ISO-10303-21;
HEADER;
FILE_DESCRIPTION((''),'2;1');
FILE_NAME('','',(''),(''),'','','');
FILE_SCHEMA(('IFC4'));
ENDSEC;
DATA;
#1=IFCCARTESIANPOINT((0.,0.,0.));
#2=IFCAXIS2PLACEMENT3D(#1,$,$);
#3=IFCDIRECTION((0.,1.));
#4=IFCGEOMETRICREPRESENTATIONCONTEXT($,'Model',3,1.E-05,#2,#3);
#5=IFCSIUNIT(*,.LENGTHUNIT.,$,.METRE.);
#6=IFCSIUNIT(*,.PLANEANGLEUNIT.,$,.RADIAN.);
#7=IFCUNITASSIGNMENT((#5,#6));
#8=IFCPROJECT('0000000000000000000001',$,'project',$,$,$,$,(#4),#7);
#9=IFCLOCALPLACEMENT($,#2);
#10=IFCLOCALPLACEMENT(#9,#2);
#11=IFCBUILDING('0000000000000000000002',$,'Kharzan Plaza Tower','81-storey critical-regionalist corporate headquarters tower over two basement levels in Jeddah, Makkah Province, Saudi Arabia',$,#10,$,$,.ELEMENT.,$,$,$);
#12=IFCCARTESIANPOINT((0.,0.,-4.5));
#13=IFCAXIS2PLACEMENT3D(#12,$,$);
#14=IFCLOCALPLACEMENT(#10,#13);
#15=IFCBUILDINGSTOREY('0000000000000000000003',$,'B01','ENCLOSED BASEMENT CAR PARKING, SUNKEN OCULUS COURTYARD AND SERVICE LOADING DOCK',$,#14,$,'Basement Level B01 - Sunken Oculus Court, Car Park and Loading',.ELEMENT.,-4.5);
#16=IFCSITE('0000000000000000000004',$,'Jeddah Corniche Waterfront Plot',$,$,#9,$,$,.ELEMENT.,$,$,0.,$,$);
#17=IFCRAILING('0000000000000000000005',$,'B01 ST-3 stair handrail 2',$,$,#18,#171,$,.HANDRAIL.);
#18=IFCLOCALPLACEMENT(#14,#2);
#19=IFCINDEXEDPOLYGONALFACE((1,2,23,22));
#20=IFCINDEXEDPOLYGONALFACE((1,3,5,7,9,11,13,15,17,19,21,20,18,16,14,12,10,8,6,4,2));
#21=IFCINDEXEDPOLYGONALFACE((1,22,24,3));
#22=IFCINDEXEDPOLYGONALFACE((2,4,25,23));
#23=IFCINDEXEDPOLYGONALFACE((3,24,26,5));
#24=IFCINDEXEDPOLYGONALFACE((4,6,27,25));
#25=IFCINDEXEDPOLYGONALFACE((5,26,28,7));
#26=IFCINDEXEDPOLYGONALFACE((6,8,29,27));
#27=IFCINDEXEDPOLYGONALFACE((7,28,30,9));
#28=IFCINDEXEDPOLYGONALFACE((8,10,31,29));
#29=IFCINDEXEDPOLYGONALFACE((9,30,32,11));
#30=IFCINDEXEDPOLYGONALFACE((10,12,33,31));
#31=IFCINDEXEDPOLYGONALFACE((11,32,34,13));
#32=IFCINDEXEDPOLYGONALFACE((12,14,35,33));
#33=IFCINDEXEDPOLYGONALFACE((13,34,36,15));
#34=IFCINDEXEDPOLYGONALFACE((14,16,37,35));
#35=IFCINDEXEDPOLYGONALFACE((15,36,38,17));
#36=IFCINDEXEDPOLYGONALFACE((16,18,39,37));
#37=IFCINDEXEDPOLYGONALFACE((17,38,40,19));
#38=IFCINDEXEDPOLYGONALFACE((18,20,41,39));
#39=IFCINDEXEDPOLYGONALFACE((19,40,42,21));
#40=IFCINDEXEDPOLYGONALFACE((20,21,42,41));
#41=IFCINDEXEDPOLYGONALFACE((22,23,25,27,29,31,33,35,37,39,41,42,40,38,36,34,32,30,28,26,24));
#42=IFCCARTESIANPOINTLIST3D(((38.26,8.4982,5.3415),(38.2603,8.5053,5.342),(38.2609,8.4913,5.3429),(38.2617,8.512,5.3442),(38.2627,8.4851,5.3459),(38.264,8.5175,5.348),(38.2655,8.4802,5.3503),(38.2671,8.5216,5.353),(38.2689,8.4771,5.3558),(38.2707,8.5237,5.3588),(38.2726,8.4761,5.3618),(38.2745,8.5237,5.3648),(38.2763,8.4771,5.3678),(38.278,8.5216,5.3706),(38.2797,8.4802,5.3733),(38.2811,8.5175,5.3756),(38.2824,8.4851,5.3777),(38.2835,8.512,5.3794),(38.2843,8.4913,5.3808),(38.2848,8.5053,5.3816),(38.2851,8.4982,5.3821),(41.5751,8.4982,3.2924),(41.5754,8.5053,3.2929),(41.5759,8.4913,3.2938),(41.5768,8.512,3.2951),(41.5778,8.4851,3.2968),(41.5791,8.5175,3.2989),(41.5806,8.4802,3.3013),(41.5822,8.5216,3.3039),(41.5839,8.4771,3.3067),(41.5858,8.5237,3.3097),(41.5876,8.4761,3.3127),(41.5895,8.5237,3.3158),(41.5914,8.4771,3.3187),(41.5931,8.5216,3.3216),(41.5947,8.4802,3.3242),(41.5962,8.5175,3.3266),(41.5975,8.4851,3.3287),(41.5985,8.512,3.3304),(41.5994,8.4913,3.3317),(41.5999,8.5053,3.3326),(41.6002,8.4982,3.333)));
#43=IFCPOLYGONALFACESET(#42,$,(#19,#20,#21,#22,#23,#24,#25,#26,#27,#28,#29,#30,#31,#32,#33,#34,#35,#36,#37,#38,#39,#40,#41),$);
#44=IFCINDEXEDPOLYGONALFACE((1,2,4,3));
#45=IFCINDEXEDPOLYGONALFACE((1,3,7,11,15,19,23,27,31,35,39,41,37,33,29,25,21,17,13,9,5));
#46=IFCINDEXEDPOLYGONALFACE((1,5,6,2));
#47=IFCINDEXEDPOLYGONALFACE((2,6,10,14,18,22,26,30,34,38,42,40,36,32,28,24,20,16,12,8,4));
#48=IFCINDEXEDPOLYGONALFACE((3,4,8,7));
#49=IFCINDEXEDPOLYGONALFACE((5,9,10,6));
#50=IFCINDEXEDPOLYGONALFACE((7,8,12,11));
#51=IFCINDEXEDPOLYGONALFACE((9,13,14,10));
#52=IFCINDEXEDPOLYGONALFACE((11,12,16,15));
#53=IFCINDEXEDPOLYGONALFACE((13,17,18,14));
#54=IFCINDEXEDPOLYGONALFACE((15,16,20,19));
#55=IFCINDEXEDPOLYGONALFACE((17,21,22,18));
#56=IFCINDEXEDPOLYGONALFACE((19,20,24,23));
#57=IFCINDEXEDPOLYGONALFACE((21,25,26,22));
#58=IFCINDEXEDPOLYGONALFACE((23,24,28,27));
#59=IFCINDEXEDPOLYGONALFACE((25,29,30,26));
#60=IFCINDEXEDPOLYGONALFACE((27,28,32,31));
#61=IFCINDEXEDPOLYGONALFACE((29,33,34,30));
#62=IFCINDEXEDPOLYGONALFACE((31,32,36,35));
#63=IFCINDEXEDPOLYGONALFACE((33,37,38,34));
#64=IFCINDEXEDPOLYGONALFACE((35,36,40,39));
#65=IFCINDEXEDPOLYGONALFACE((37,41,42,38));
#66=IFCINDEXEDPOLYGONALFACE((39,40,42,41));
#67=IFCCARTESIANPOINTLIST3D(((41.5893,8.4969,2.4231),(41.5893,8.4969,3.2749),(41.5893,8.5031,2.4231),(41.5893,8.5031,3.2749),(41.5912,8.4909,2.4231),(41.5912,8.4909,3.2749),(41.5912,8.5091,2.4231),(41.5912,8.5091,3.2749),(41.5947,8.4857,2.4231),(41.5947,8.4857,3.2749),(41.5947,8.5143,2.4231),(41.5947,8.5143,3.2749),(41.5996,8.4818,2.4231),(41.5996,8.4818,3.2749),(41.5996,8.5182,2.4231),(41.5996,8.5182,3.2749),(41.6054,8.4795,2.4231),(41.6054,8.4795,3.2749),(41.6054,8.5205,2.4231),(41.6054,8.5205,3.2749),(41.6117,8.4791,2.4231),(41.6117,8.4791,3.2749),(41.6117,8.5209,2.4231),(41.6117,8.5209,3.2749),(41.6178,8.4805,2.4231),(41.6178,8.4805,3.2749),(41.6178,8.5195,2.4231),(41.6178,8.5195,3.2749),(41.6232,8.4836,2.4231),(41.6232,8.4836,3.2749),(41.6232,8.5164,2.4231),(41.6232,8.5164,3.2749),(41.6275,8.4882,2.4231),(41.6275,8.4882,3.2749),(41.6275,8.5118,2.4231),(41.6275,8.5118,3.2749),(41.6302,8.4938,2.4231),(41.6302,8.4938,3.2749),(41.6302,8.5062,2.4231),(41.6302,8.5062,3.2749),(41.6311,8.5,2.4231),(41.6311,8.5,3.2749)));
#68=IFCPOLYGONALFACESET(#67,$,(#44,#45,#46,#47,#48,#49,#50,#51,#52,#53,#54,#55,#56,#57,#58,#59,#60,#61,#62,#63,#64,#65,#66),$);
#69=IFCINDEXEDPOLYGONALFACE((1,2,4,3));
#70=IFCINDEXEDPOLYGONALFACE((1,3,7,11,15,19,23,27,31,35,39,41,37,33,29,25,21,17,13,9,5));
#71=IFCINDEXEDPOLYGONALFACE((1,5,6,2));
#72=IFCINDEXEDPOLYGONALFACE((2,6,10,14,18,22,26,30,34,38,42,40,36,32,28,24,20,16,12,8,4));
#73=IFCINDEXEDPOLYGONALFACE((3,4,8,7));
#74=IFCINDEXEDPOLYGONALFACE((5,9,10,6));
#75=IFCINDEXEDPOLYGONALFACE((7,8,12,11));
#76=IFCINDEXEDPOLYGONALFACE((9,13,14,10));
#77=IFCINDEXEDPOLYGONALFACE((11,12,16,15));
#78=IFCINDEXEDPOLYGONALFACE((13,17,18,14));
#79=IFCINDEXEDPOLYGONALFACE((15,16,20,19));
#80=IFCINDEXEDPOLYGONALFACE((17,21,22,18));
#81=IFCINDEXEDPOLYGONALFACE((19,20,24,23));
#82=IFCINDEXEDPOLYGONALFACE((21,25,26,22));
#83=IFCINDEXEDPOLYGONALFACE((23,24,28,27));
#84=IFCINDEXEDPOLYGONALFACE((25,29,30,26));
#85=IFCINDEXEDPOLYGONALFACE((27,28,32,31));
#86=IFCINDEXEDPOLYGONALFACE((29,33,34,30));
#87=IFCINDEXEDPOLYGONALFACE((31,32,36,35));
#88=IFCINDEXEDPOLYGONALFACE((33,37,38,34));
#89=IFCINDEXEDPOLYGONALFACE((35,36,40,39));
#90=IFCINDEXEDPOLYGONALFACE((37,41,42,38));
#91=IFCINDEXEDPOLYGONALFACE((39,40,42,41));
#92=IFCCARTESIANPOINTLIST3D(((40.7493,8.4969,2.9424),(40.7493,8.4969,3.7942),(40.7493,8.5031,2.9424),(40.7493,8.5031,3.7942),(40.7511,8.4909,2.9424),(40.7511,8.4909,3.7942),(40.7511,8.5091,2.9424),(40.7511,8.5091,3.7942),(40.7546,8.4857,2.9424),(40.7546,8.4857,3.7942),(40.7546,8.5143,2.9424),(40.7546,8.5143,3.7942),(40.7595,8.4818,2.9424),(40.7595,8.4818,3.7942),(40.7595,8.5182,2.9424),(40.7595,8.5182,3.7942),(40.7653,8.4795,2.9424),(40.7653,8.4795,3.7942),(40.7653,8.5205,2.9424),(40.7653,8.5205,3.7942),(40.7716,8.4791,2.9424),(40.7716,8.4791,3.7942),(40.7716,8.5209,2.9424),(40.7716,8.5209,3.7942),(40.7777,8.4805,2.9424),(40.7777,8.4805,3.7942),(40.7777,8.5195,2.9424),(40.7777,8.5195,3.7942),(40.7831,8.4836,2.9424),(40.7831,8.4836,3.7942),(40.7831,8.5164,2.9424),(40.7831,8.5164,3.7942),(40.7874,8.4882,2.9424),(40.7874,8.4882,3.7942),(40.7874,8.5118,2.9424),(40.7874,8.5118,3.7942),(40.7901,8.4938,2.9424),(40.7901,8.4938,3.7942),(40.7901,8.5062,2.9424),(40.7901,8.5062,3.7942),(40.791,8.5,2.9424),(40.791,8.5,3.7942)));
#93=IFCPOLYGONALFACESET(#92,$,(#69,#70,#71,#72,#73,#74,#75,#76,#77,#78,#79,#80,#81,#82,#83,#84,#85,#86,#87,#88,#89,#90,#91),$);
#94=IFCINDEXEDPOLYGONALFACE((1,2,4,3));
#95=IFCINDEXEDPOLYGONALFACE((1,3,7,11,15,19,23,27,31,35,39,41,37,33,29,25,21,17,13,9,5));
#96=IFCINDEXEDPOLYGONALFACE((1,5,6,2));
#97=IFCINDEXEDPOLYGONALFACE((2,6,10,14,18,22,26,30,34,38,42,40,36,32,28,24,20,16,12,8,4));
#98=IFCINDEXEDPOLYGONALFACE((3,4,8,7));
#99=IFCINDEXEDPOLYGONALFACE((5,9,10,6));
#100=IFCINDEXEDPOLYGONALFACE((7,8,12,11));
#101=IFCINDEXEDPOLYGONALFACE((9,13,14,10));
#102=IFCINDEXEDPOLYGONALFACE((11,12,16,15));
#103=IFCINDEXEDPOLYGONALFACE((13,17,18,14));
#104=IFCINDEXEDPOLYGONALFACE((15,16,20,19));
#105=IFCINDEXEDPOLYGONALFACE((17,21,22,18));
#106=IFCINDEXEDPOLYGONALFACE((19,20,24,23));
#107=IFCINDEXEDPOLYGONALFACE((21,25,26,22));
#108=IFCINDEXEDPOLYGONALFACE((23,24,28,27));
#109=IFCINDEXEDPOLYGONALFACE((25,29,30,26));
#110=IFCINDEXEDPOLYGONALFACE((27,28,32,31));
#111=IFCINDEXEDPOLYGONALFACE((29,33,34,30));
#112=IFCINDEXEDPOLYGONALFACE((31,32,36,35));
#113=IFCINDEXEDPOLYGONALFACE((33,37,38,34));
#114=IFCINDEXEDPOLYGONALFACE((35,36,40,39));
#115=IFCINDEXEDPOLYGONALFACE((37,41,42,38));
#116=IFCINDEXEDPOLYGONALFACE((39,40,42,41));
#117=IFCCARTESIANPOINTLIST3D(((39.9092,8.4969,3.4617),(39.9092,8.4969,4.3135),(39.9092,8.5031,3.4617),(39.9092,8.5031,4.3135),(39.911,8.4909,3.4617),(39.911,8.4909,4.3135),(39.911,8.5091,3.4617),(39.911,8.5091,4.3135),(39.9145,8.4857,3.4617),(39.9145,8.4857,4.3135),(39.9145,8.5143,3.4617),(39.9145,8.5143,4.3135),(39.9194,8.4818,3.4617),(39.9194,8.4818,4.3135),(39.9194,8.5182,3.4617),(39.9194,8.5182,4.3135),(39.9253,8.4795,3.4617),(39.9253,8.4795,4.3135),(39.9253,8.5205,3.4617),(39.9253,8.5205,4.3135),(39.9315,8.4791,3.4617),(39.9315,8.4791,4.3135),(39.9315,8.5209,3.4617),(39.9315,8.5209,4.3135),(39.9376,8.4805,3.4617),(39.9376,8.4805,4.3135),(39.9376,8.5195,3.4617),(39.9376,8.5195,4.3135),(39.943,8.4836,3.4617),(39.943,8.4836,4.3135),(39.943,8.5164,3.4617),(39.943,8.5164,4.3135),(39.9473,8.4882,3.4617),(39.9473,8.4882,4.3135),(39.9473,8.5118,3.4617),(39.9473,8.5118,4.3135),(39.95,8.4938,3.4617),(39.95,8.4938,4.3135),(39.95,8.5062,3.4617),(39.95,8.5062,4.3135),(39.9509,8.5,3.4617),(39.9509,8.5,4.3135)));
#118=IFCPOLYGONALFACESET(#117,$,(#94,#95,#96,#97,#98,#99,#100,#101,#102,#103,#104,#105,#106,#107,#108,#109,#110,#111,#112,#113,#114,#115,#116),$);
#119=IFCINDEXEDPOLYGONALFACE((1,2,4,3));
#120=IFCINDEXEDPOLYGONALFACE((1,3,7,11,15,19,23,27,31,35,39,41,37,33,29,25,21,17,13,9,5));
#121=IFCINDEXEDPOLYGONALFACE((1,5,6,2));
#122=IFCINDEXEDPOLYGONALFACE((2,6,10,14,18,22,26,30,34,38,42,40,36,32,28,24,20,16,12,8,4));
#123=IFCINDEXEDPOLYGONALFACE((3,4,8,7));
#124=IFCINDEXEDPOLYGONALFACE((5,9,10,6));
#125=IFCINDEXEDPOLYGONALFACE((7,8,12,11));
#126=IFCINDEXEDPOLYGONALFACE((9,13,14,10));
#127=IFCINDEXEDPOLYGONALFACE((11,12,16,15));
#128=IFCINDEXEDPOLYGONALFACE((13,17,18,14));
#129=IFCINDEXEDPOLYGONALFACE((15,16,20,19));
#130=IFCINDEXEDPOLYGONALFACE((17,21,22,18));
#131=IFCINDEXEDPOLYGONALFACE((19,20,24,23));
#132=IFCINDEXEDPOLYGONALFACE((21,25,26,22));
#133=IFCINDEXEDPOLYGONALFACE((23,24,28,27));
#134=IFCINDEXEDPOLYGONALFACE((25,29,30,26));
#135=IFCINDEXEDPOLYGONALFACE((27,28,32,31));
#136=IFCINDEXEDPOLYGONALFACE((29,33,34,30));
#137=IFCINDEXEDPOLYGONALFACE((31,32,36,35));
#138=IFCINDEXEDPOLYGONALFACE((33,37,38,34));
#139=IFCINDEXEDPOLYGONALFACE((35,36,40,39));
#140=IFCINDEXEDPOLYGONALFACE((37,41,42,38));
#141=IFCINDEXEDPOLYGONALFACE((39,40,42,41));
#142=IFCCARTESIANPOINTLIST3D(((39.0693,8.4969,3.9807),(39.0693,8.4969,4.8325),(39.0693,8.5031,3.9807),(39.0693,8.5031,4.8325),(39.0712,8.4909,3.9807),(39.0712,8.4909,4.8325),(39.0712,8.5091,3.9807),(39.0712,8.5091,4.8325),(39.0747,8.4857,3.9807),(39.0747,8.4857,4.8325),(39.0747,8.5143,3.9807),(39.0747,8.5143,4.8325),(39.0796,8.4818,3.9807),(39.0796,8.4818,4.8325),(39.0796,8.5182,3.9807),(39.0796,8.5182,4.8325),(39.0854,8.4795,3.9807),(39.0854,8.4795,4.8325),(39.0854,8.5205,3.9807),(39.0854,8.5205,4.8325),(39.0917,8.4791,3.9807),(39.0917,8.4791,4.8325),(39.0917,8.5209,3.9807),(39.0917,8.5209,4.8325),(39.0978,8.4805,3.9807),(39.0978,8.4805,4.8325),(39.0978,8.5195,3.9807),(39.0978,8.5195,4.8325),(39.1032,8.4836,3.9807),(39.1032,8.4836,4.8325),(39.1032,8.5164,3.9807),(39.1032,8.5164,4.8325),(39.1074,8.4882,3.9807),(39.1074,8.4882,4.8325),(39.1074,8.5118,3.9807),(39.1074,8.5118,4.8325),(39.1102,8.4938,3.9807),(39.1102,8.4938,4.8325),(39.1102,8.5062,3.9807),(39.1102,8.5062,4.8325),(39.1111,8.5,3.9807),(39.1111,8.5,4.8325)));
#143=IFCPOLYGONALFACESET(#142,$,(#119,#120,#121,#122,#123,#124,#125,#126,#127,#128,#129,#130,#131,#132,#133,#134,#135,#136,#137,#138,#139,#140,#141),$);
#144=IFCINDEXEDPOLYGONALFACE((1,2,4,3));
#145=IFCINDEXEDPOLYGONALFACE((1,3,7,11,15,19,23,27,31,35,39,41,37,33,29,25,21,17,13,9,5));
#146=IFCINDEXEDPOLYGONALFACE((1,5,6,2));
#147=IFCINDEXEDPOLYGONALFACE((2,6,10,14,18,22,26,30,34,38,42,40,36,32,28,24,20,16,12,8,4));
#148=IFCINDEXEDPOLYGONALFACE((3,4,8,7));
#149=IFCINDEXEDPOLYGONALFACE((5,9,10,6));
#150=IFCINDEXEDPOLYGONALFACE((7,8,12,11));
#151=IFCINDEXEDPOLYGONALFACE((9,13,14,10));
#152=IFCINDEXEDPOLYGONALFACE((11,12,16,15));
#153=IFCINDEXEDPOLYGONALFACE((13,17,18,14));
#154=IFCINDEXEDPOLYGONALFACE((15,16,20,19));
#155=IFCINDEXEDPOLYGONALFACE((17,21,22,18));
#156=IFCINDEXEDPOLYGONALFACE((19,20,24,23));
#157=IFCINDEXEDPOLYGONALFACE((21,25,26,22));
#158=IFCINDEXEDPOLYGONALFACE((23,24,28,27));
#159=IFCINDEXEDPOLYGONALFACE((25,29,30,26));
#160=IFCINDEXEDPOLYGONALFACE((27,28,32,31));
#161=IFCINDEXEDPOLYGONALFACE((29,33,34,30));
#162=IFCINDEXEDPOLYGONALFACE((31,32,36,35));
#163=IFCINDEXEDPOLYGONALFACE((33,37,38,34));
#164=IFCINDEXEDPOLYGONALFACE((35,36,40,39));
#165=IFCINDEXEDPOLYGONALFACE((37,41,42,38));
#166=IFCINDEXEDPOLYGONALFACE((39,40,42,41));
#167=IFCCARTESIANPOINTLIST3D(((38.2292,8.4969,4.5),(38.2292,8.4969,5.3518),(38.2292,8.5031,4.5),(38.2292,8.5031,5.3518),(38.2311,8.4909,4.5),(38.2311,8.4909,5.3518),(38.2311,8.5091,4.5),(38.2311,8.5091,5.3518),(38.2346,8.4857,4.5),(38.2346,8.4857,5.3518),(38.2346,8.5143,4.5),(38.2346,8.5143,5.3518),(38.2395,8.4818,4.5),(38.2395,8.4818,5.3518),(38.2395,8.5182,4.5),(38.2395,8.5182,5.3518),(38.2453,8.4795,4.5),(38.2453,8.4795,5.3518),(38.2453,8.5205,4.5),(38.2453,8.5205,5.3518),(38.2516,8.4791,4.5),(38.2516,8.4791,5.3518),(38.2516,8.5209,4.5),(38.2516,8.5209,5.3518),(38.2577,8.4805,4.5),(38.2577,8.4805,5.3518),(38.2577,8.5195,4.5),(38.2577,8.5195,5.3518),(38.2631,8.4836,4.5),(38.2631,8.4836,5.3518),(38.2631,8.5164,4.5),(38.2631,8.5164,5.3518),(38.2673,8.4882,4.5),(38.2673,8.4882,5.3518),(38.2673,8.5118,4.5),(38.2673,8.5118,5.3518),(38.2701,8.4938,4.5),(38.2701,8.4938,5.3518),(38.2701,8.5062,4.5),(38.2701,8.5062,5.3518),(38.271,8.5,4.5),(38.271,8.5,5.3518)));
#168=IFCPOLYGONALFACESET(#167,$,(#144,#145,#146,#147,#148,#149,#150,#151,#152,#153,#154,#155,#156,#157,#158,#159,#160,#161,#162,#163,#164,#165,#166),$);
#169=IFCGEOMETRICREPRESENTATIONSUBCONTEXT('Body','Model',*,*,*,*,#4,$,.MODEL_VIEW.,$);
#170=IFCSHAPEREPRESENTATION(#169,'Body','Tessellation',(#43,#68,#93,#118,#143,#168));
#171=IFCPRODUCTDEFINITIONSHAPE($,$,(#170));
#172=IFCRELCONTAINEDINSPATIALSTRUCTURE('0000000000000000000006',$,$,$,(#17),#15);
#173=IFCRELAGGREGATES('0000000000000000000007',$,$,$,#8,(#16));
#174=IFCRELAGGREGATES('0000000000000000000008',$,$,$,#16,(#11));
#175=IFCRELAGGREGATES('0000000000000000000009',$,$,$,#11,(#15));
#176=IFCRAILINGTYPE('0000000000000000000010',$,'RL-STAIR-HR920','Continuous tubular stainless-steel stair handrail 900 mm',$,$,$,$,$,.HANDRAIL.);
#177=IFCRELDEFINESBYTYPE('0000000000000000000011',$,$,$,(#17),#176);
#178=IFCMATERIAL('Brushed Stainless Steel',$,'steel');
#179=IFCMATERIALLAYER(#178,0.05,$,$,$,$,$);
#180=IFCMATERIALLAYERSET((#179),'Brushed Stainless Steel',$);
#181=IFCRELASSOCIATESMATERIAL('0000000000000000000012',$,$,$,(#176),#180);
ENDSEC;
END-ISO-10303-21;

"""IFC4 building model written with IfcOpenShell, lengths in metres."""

from ifc_helpers import new_model, si_unit, direction, frame, origin, origin_2d, place, context, subcontext, project, spatial, circle, extrude, source, transform, mapped, material, layer, layer_set, type_object, element, save


model = new_model("IFC4")

# Units and contexts
model_context = context("Model", 3, precision=1e-05, world=origin(), true_north=direction((0.0, 1.0)))
body_context = subcontext(model_context, "Body", "Model", "MODEL_VIEW")
ifc_project = project(units=[si_unit("LENGTHUNIT", "METRE"), si_unit("PLANEANGLEUNIT", "RADIAN")], contexts=[model_context])

# Site, building, storey
site_placement = place(None, origin())
site = spatial("IfcSite", under=ifc_project, at=site_placement, Name="Jeddah Corniche Waterfront Plot", CompositionType="ELEMENT", RefElevation=0.0)
building_placement = place(site_placement, origin())
building = spatial("IfcBuilding", under=site, at=building_placement, Name="Kharzan Plaza Tower", Description="81-storey critical-regionalist corporate headquarters tower over two basement levels in Jeddah, Makkah Province, Saudi Arabia", CompositionType="ELEMENT")
storey_placement = place(building_placement, frame((0.0, 0.0, -4.5)))
storey = spatial("IfcBuildingStorey", under=building, at=storey_placement, Name="B01", Description="ENCLOSED BASEMENT CAR PARKING, SUNKEN OCULUS COURTYARD AND SERVICE LOADING DOCK", LongName="Basement Level B01 - Sunken Oculus Court, Car Park and Loading", CompositionType="ELEMENT", Elevation=-4.5)

# Shared definitions
ifc_material_1 = material(Name="Brushed Stainless Steel", Category="steel")

# Railing
ifc_layer_1 = layer(ifc_material_1, 0.05)
ifc_layer_set_1 = layer_set([ifc_layer_1], Name="Brushed Stainless Steel")
railing_type_1 = type_object("IfcRailingType", Name="RL-STAIR-HR920", Description="Continuous tubular stainless-steel stair handrail 900 mm", PredefinedType="HANDRAIL", material=ifc_layer_set_1)
shared_shape_1 = source(origin(), body_context, "Body", "SweptSolid", [
    extrude(circle(Radius=0.0239, at=origin_2d()), frame((-0.0225, 0.0, 0.8896), z_axis=(-0.850623, 0.0, 0.525776), x_axis=(0.0, -1.0, 0.0)), (0.0, 0.0, 1.0), 3.8972),
    extrude(circle(Radius=0.021, at=origin_2d()), origin(), (0.0, 0.0, 1.0), 0.8518),
    extrude(circle(Radius=0.021, at=origin_2d()), frame((-0.8401, 0.0, 0.5193)), (0.0, 0.0, 1.0), 0.8518),
    extrude(circle(Radius=0.021, at=origin_2d()), frame((-1.6802, 0.0, 1.0386)), (0.0, 0.0, 1.0), 0.8518),
    extrude(circle(Radius=0.021, at=origin_2d()), frame((-2.52, 0.0, 1.5576)), (0.0, 0.0, 1.0), 0.8518),
    extrude(circle(Radius=0.021, at=origin_2d()), frame((-3.3601, 0.0, 2.0769)), (0.0, 0.0, 1.0), 0.8518),
])
railing_1_placement = place(storey_placement, frame((41.6101, 8.5, 2.4231)))
element("IfcRailing", 1, at=railing_1_placement, inside=storey, type_object=railing_type_1, Name="B01 ST-3 stair handrail 2", PredefinedType="HANDRAIL", context=body_context, shape_type="MappedRepresentation", body=[
    mapped(shared_shape_1, transform((0.0, 0.0, 0.0), x_axis=(1.0, 0.0, 0.0), y_axis=(0.0, 1.0, 0.0), z_axis=(0.0, 0.0, 1.0))),
])

save(model, "model.ifc")
